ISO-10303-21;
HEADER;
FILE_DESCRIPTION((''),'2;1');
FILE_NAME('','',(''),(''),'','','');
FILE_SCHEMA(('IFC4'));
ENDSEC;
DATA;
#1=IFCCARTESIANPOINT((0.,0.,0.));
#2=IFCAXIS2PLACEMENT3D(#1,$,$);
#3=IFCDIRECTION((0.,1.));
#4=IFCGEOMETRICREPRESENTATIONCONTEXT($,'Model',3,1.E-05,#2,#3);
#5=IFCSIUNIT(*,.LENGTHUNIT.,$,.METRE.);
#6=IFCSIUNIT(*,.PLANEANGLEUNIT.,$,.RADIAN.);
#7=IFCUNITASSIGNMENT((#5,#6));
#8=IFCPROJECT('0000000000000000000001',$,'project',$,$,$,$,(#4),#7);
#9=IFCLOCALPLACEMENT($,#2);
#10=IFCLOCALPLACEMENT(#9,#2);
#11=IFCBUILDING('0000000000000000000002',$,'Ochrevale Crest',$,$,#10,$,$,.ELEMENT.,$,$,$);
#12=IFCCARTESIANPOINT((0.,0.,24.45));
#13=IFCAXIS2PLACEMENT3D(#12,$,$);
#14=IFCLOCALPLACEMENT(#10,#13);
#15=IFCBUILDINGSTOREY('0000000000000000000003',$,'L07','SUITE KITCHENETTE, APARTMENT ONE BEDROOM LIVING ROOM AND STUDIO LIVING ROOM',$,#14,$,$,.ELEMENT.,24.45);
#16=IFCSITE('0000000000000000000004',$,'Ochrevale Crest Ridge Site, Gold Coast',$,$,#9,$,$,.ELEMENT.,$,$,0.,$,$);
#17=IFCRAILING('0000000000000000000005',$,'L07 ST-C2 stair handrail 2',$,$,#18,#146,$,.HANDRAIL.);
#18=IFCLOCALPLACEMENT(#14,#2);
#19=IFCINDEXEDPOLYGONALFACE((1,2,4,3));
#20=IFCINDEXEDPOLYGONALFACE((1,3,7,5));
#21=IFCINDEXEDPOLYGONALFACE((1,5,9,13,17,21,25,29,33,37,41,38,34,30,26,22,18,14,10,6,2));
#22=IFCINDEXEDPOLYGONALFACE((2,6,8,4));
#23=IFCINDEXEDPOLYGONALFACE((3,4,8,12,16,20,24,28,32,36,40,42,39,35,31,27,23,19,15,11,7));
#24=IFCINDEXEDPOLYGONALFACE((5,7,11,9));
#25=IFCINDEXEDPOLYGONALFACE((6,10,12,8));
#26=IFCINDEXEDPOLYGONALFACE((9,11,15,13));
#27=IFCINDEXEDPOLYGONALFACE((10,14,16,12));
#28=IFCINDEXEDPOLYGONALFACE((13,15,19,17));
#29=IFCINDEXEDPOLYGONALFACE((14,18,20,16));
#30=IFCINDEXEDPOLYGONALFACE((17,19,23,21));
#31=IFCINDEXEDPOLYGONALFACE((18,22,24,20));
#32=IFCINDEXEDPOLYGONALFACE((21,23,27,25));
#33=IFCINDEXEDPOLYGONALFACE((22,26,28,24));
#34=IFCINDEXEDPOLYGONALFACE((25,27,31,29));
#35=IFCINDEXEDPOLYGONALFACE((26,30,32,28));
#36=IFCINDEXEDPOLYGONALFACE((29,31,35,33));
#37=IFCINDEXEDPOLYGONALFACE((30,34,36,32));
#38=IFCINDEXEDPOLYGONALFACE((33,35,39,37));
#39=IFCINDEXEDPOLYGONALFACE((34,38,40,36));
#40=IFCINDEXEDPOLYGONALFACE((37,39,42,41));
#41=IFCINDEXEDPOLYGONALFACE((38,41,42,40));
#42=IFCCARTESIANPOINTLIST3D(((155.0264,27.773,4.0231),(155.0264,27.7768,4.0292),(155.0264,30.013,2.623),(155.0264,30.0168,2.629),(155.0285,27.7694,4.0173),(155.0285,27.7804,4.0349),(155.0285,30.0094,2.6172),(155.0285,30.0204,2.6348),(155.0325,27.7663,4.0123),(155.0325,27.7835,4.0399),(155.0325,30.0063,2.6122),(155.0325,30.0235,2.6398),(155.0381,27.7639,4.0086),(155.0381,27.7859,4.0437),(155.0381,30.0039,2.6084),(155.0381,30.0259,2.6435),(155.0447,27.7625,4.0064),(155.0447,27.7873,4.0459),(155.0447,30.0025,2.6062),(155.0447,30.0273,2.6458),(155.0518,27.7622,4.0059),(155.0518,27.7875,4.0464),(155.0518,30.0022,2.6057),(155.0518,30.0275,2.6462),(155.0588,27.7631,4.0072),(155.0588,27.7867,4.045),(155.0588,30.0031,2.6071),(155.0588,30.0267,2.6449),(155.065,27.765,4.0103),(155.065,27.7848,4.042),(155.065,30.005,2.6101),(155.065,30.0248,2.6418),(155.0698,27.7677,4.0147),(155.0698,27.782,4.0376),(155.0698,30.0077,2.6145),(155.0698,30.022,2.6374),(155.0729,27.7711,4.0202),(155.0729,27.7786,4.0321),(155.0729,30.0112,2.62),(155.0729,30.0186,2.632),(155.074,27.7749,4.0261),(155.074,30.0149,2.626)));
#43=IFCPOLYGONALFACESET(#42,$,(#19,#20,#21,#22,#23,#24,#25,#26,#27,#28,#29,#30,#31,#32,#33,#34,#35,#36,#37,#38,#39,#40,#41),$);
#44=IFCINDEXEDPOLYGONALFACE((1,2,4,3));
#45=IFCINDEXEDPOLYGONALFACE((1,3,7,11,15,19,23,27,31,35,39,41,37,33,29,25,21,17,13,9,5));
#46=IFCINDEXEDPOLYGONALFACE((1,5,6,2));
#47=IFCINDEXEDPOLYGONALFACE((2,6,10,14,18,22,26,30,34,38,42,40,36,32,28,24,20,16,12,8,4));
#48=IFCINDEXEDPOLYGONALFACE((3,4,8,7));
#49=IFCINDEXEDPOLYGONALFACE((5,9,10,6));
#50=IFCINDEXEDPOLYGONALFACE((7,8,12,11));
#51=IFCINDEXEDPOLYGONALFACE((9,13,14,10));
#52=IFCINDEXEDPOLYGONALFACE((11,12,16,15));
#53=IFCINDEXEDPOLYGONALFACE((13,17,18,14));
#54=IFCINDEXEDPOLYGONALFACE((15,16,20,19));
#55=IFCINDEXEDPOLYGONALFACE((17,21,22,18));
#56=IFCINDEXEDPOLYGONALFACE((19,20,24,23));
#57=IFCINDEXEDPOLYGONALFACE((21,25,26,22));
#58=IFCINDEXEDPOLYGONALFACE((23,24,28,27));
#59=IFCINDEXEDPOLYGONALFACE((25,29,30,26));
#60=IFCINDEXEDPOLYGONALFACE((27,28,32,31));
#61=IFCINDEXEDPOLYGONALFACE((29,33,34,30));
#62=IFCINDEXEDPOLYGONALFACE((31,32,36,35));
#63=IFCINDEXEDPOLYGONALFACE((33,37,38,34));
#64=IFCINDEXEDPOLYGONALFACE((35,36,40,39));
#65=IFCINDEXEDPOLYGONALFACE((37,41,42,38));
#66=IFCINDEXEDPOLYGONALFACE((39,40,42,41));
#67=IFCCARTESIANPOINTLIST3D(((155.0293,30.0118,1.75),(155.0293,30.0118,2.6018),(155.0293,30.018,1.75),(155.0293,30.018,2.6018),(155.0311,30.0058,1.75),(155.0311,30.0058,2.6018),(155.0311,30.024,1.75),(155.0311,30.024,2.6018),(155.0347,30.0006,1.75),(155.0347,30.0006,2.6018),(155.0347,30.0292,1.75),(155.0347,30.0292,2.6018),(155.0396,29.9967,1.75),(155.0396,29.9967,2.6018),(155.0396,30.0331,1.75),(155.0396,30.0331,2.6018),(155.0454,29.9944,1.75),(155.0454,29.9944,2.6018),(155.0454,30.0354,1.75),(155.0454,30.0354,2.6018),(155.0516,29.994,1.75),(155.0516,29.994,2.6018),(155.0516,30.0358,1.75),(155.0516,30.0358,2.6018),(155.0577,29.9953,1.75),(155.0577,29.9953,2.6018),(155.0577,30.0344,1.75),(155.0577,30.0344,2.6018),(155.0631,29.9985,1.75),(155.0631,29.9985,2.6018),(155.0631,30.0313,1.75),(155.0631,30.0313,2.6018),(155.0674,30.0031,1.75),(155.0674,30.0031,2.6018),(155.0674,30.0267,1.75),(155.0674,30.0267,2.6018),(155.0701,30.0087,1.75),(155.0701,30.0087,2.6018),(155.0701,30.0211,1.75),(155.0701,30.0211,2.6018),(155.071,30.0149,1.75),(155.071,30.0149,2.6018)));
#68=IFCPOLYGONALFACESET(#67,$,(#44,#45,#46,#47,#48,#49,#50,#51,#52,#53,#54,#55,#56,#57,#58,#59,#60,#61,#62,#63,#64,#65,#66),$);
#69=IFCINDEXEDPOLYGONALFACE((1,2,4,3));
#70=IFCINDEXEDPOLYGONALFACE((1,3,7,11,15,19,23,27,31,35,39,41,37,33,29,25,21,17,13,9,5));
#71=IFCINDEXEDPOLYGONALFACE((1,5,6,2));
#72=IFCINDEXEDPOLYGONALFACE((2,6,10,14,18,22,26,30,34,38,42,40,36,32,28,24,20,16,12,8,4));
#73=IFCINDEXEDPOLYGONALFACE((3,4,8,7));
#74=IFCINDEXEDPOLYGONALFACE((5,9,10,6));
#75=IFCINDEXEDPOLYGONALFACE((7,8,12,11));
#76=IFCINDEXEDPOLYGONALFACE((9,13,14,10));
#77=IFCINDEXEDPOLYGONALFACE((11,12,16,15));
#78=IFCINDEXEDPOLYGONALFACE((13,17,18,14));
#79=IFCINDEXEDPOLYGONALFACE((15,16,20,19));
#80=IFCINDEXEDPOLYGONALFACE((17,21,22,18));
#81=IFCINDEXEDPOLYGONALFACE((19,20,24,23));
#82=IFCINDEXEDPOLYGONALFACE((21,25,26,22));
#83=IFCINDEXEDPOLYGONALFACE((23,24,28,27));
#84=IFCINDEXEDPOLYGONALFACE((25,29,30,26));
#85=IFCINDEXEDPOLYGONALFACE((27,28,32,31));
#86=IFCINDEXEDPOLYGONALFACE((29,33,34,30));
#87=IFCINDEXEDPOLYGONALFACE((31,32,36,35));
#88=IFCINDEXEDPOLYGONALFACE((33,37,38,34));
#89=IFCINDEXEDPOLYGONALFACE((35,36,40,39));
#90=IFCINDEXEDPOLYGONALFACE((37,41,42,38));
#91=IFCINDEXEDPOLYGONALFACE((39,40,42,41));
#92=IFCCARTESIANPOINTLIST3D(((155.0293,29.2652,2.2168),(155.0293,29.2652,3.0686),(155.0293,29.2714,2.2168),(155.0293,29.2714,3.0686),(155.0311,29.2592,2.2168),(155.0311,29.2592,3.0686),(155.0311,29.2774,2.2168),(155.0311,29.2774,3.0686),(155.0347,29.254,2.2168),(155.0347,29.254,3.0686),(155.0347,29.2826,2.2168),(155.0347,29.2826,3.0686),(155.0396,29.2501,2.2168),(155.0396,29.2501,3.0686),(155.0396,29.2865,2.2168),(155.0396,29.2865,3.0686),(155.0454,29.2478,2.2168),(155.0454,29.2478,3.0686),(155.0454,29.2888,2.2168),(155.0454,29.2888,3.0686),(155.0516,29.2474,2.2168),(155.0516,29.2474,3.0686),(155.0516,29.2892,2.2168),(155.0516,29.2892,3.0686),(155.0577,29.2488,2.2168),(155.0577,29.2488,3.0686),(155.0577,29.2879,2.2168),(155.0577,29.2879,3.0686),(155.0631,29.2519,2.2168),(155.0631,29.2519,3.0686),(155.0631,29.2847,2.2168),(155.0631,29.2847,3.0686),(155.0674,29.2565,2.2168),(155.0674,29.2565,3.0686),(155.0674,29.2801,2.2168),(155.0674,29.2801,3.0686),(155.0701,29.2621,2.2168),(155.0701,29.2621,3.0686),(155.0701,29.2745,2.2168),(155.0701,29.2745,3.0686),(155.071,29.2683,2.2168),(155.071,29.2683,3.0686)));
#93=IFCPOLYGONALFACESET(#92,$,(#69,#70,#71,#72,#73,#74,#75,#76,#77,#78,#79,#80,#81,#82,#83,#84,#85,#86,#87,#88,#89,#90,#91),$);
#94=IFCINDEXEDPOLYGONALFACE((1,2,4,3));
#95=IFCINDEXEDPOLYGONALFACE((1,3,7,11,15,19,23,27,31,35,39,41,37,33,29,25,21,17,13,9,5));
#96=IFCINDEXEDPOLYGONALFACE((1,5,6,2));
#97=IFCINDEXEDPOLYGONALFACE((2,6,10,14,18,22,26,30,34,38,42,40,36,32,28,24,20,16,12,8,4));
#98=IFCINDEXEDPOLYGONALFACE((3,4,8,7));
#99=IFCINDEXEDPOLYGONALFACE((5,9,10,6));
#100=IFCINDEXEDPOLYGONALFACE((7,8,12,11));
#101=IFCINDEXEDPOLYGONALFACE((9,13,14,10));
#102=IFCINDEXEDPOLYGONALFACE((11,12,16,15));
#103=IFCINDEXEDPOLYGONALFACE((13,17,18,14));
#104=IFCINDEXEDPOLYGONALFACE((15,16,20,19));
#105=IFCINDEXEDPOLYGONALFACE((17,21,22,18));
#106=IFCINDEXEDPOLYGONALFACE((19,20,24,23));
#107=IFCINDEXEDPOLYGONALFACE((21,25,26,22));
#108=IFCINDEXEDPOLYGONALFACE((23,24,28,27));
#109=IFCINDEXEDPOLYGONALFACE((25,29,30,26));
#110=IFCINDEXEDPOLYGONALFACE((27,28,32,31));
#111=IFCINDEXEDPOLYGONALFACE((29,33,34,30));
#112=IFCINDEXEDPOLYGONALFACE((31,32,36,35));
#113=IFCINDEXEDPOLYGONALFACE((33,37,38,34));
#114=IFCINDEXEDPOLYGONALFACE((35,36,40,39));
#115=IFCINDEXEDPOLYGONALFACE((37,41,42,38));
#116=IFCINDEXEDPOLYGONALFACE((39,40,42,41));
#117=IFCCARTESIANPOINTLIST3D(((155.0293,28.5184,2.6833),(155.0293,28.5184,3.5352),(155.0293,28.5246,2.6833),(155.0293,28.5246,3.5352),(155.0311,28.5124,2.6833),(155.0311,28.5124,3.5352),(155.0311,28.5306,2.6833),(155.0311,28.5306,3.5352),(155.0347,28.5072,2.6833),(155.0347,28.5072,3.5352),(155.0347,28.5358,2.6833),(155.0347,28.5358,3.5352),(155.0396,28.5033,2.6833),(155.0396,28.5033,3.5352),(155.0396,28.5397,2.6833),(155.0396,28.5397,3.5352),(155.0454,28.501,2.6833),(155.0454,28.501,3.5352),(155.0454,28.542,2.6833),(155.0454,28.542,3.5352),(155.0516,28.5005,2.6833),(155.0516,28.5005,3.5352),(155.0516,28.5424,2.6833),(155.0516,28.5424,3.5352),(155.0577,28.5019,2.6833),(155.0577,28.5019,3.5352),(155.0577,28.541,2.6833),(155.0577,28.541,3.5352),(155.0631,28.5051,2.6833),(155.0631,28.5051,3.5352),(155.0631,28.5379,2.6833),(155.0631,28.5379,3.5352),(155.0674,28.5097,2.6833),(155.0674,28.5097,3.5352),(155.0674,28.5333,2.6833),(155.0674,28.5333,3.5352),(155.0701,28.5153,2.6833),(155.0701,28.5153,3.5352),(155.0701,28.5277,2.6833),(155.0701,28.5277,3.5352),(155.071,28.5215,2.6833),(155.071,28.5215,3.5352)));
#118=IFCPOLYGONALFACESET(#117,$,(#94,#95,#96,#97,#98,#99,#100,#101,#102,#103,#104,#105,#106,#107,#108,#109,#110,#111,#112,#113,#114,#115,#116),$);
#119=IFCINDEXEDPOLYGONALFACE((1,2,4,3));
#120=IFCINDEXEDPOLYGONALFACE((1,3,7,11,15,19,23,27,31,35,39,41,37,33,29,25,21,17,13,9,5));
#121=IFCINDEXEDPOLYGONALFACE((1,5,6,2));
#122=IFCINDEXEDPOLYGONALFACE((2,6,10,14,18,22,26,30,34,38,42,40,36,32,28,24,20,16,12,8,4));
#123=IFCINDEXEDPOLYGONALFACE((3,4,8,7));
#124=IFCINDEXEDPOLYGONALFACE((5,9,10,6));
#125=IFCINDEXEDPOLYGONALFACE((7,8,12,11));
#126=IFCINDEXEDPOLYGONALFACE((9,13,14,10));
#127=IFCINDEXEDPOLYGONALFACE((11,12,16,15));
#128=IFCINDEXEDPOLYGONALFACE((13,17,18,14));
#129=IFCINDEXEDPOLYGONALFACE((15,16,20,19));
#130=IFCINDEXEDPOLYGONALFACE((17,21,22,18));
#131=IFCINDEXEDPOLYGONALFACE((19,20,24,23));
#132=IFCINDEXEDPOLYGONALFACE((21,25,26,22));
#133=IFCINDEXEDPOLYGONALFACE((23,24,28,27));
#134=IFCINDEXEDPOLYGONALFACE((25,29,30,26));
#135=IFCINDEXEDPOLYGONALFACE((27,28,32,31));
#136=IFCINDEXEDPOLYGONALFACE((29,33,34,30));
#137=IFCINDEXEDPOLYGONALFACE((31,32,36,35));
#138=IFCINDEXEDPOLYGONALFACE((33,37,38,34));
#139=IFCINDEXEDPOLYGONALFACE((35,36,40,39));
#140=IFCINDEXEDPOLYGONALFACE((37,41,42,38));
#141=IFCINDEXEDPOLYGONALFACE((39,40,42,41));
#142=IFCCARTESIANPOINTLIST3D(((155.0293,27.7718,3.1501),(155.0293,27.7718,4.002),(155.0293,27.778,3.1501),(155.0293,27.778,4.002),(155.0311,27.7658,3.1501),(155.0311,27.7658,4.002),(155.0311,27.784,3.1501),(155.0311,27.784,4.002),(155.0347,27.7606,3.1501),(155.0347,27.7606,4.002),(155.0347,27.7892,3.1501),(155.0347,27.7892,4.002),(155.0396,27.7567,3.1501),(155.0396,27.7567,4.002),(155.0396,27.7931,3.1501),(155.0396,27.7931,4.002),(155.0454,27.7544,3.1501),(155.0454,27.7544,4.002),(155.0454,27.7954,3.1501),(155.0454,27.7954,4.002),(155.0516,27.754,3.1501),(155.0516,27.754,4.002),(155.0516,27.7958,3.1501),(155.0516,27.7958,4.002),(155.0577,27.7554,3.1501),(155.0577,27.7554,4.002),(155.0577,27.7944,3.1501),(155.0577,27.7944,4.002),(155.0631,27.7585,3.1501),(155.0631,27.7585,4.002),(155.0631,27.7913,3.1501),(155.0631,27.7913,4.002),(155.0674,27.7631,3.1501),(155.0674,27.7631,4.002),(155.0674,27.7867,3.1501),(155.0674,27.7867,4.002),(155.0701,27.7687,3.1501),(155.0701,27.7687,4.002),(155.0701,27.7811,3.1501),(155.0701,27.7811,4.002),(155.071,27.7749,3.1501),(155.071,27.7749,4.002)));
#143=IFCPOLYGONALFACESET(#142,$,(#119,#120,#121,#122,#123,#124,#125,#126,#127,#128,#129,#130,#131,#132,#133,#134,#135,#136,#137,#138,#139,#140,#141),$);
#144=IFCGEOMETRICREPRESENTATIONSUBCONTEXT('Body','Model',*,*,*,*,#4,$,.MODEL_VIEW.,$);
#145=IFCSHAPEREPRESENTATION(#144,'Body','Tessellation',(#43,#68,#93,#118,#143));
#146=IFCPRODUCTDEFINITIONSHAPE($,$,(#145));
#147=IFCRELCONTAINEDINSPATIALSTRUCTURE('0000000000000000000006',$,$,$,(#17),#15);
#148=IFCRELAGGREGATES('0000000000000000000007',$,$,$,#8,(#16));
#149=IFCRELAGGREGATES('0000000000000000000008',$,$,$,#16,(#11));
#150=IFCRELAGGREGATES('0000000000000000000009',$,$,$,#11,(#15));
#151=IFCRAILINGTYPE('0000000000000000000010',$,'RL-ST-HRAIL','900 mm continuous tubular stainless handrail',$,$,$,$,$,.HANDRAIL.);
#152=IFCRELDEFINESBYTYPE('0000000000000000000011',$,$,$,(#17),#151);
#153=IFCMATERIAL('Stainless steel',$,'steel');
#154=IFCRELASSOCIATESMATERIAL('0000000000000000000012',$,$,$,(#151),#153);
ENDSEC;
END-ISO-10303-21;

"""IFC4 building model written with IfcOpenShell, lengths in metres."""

from ifc_helpers import new_model, si_unit, direction, frame, origin, origin_2d, place, context, subcontext, project, spatial, circle, extrude, material, type_object, element, save


model = new_model("IFC4")

# Units and contexts
model_context = context("Model", 3, precision=1e-05, world=origin(), true_north=direction((0.0, 1.0)))
body_context = subcontext(model_context, "Body", "Model", "MODEL_VIEW")
ifc_project = project(units=[si_unit("LENGTHUNIT", "METRE"), si_unit("PLANEANGLEUNIT", "RADIAN")], contexts=[model_context])

# Site, building, storey
site_placement = place(None, origin())
site = spatial("IfcSite", under=ifc_project, at=site_placement, Name="Ochrevale Crest Ridge Site, Gold Coast", CompositionType="ELEMENT", RefElevation=0.0)
building_placement = place(site_placement, origin())
building = spatial("IfcBuilding", under=site, at=building_placement, Name="Ochrevale Crest", CompositionType="ELEMENT")
storey_placement = place(building_placement, frame((0.0, 0.0, 24.45)))
storey = spatial("IfcBuildingStorey", under=building, at=storey_placement, Name="L07", Description="SUITE KITCHENETTE, APARTMENT ONE BEDROOM LIVING ROOM AND STUDIO LIVING ROOM", CompositionType="ELEMENT", Elevation=24.45)

# Railing
ifc_material_1 = material(Name="Stainless steel", Category="steel")
railing_type_1 = type_object("IfcRailingType", Name="RL-ST-HRAIL", Description="900 mm continuous tubular stainless handrail", PredefinedType="HANDRAIL", material=ifc_material_1)
railing_1_placement = place(storey_placement, frame((155.05, 30.0149, 1.75)))
element("IfcRailing", 1, at=railing_1_placement, inside=storey, type_object=railing_type_1, Name="L07 ST-C2 stair handrail 2", PredefinedType="HANDRAIL", context=body_context, shape_type="SweptSolid", body=[
    extrude(circle(Radius=0.0239, at=origin_2d()), frame((0.0, 0.0, 0.876), z_axis=(0.0, -0.847972, 0.53004), x_axis=(1.0, 0.0, 0.0)), (0.0, 0.0, 1.0), 2.6416),
    extrude(circle(Radius=0.021, at=origin_2d()), origin(), (0.0, 0.0, 1.0), 0.8518),
    extrude(circle(Radius=0.021, at=origin_2d()), frame((0.0, -0.7466, 0.4668)), (0.0, 0.0, 1.0), 0.8518),
    extrude(circle(Radius=0.021, at=origin_2d()), frame((0.0, -1.4934, 0.9333)), (0.0, 0.0, 1.0), 0.8518),
    extrude(circle(Radius=0.021, at=origin_2d()), frame((0.0, -2.24, 1.4001)), (0.0, 0.0, 1.0), 0.8518),
])

save(model, "model.ifc")
